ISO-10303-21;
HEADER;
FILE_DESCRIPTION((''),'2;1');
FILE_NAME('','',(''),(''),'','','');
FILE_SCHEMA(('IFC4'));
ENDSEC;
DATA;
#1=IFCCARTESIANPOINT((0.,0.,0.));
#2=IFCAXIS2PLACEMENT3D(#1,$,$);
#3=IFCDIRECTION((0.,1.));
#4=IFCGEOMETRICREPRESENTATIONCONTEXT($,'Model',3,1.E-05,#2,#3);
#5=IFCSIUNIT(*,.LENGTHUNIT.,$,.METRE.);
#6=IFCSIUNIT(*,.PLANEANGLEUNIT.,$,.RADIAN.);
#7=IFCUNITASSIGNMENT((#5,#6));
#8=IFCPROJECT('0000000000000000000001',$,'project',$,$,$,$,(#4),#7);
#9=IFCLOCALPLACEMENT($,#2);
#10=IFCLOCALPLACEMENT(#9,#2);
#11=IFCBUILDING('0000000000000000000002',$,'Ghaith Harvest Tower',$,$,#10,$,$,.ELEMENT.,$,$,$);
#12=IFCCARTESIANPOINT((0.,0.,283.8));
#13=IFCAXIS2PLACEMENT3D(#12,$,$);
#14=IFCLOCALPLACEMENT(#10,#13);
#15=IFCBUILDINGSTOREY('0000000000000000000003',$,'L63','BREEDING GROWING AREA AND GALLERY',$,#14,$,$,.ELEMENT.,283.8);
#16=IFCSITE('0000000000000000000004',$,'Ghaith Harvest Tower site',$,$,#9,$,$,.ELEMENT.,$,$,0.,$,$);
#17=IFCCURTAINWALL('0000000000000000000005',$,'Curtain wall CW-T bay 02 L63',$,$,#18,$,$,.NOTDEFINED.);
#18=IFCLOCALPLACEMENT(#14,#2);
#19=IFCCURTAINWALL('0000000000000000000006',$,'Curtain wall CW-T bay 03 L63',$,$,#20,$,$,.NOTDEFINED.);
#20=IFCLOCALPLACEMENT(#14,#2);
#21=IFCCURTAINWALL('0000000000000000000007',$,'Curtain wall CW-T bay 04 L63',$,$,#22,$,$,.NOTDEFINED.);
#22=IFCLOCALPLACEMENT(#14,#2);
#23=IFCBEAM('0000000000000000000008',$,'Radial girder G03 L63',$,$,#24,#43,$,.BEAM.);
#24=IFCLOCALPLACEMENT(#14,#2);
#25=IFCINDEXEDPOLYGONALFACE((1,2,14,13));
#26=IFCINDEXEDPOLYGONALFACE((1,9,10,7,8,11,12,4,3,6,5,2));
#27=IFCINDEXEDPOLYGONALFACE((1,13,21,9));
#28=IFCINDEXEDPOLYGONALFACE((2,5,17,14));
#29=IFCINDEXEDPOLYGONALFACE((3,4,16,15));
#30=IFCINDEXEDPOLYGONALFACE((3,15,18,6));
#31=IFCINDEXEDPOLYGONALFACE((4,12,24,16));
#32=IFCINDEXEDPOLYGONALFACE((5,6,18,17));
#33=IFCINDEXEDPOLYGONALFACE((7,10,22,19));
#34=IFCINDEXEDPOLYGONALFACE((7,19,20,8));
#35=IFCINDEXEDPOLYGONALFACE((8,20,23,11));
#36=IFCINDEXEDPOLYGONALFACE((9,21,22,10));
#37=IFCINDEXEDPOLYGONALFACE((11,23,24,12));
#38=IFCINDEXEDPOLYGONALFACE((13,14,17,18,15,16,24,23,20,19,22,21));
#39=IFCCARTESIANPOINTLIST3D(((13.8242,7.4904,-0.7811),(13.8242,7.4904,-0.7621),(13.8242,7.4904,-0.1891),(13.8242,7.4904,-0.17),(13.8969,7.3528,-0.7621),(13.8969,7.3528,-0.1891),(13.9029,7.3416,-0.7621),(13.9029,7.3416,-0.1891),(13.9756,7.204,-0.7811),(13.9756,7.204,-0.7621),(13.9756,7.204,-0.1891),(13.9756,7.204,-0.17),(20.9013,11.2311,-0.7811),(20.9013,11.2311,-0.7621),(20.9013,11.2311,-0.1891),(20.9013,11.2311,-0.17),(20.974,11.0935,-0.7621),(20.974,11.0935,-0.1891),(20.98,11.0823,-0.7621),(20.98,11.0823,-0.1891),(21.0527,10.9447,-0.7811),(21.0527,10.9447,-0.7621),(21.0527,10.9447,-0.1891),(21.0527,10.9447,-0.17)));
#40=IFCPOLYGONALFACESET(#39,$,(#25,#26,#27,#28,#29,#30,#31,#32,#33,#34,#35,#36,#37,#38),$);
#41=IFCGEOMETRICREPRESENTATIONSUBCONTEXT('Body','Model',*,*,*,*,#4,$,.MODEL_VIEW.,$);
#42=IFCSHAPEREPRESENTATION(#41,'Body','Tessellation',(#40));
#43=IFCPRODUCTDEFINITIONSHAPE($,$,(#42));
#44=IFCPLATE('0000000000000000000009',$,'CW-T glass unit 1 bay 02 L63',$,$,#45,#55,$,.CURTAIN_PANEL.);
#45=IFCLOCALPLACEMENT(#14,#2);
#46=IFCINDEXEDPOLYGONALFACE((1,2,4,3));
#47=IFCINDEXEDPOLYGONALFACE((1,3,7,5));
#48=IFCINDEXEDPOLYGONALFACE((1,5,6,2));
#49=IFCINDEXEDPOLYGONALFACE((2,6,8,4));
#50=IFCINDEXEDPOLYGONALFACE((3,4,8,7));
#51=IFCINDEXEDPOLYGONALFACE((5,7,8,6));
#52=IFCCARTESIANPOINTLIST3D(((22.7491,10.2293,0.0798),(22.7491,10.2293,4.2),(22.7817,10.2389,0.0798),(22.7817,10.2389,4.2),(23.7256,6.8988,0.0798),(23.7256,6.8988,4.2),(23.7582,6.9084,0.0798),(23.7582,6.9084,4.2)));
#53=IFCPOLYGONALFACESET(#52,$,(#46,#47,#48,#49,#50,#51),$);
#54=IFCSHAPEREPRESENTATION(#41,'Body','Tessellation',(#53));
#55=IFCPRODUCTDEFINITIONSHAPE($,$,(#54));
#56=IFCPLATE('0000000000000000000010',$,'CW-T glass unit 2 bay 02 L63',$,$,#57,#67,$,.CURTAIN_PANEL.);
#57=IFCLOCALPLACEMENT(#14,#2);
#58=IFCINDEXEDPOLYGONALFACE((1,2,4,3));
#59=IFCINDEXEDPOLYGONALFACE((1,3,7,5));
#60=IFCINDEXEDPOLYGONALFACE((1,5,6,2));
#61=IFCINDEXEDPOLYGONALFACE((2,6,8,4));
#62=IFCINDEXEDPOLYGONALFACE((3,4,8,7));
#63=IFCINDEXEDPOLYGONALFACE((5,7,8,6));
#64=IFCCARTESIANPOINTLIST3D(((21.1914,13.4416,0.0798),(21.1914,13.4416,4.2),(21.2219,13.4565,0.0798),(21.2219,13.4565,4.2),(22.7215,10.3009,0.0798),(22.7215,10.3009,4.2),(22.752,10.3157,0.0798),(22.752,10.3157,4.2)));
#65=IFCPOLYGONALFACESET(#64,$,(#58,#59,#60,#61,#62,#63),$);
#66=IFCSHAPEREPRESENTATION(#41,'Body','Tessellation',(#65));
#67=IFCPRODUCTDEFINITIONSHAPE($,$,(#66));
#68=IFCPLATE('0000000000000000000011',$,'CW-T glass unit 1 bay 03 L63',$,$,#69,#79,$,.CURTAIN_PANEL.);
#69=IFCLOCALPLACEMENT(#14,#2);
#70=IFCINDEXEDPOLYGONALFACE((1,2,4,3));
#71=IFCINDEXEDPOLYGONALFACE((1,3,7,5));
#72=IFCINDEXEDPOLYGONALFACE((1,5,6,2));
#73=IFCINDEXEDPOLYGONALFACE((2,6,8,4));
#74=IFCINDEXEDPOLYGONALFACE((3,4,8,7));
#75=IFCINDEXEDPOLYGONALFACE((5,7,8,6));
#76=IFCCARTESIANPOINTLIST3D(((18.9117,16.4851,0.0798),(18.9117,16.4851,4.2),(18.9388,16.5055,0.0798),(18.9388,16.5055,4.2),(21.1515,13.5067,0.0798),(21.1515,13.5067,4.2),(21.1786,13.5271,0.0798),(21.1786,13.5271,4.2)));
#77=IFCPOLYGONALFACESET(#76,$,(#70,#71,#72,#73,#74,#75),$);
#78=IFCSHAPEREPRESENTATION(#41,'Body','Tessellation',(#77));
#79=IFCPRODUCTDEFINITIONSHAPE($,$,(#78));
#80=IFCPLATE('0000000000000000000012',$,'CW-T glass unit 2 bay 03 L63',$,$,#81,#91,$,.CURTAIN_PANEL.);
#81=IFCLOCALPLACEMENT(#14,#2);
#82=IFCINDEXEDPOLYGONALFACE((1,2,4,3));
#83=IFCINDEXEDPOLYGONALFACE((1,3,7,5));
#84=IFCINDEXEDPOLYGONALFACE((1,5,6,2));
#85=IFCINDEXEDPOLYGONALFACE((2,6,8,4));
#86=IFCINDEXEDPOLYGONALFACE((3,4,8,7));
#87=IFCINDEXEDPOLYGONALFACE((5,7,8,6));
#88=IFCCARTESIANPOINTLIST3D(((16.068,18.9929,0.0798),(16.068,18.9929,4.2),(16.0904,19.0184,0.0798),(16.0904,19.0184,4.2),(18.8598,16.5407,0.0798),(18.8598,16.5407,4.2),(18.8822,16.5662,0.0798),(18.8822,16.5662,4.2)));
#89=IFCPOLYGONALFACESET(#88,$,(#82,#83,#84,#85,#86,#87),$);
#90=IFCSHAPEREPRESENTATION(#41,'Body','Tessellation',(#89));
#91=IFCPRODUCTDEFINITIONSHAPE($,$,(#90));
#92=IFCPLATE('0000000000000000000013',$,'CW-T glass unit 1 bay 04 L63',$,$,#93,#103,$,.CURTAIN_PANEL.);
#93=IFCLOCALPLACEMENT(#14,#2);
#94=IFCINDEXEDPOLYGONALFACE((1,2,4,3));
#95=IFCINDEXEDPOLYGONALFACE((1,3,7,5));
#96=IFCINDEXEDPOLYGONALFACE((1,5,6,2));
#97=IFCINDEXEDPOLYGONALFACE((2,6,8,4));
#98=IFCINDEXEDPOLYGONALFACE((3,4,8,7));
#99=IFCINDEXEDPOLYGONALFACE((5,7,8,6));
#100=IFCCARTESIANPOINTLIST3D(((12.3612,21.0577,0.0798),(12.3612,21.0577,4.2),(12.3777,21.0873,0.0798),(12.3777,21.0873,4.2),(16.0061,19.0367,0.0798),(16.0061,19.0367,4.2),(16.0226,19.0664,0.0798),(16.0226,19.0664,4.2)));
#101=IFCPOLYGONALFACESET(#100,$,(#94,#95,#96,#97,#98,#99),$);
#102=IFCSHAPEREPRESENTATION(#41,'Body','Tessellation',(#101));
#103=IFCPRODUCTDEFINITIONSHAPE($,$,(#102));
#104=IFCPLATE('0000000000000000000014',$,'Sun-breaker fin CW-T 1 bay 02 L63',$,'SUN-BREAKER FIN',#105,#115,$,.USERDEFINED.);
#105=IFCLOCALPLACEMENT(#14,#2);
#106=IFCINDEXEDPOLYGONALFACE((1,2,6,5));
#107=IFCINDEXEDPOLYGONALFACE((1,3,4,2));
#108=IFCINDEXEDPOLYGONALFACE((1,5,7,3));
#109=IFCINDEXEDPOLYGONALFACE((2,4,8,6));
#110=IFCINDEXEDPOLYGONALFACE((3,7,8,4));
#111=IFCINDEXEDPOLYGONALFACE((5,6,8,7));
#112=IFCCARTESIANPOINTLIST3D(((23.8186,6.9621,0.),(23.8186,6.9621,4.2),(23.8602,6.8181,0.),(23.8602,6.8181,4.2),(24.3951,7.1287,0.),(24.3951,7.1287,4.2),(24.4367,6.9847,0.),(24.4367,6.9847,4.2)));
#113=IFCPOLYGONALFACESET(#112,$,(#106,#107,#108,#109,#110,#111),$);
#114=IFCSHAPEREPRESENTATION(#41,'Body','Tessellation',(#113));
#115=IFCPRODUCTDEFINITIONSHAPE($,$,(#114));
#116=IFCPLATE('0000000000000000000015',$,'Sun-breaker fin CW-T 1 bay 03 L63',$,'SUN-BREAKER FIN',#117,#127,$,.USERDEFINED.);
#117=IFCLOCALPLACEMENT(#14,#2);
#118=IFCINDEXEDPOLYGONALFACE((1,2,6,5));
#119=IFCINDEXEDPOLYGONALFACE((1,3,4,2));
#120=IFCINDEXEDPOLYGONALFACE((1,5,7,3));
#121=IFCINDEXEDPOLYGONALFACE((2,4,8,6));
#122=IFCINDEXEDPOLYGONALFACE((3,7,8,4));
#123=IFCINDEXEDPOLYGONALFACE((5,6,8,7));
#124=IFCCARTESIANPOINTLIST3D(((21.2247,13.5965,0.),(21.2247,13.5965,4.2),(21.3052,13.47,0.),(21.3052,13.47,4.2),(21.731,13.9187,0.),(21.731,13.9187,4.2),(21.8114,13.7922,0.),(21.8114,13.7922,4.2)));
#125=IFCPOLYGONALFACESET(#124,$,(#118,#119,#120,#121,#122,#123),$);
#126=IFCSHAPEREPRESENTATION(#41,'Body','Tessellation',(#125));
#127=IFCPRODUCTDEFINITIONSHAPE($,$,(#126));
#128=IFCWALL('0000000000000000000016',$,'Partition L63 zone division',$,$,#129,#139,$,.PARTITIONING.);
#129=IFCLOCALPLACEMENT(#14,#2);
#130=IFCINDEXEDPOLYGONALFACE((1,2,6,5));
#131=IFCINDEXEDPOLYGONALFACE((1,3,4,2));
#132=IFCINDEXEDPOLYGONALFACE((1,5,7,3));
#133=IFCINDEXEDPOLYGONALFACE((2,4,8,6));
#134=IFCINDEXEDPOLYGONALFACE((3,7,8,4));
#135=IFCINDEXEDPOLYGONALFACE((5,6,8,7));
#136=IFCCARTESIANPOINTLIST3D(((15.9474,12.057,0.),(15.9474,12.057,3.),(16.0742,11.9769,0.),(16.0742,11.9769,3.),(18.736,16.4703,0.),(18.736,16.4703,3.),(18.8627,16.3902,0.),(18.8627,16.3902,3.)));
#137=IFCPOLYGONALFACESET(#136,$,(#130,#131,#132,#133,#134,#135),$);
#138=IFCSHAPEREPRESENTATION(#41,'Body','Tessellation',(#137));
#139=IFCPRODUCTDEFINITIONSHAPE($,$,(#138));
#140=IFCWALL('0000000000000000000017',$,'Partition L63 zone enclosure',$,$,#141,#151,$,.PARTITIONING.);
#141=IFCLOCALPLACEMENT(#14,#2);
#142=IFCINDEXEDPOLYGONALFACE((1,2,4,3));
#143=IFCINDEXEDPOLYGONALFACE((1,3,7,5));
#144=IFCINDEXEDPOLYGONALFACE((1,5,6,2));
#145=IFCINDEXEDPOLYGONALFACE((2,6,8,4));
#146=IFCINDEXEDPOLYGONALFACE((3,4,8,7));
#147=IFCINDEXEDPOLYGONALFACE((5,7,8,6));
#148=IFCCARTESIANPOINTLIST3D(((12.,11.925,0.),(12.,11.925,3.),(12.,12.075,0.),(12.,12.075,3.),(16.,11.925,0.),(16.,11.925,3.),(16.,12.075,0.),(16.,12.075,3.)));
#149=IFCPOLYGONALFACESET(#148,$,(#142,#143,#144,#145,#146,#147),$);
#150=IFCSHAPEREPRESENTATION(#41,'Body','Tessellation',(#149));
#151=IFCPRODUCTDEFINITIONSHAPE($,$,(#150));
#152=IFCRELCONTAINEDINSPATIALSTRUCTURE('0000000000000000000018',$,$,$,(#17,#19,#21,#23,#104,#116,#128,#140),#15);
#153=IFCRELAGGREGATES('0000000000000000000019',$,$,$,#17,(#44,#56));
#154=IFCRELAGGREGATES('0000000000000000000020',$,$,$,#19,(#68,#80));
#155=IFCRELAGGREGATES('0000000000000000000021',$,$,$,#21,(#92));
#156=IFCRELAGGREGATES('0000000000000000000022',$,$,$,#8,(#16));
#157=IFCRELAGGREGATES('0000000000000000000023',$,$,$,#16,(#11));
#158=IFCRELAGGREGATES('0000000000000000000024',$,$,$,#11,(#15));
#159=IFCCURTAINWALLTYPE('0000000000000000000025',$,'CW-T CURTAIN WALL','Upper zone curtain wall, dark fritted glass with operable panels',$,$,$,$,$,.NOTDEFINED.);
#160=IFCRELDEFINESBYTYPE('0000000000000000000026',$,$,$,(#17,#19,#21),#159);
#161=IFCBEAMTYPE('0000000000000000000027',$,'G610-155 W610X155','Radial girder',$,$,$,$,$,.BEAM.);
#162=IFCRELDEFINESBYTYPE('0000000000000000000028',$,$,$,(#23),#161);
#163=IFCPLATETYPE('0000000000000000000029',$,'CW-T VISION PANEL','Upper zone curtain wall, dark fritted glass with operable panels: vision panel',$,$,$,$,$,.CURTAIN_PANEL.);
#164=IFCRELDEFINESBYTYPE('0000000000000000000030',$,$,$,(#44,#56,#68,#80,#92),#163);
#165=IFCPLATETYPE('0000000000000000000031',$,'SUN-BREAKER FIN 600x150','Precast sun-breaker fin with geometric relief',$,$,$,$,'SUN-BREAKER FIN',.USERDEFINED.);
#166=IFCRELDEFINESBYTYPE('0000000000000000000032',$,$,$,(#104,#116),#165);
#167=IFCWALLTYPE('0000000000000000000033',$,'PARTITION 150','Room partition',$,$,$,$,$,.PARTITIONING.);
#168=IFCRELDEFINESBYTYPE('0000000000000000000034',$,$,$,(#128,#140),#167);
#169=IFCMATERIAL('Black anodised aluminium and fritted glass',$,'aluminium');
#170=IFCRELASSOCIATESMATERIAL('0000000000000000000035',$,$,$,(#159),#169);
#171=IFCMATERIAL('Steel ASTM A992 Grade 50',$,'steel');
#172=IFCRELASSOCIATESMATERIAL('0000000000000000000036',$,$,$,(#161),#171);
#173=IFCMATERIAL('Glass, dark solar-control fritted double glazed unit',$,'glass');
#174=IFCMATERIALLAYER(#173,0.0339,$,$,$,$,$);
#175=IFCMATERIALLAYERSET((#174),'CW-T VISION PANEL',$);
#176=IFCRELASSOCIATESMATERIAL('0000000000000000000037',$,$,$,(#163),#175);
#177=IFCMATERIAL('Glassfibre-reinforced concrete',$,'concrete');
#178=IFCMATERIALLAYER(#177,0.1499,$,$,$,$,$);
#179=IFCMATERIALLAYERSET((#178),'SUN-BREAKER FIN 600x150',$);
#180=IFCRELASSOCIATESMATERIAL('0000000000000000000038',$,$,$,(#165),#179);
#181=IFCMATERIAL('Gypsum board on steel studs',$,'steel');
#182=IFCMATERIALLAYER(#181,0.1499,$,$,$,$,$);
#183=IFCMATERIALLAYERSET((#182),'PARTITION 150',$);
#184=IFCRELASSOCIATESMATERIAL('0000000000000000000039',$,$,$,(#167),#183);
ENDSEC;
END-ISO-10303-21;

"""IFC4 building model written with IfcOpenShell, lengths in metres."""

from ifc_helpers import new_model, si_unit, direction, frame, frame_2d, origin, origin_2d, place, context, subcontext, project, spatial, rectangle, i_section, extrude, material, layer, layer_set, material_profile, profile_set, type_object, element, aggregate, save


model = new_model("IFC4")

# Units and contexts
model_context = context("Model", 3, precision=1e-05, world=origin(), true_north=direction((0.0, 1.0)))
body_context = subcontext(model_context, "Body", "Model", "MODEL_VIEW")
ifc_project = project(units=[si_unit("LENGTHUNIT", "METRE"), si_unit("PLANEANGLEUNIT", "RADIAN")], contexts=[model_context])

# Site, building, storey
site_placement = place(None, origin())
site = spatial("IfcSite", under=ifc_project, at=site_placement, Name="Ghaith Harvest Tower site", CompositionType="ELEMENT", RefElevation=0.0)
building_placement = place(site_placement, origin())
building = spatial("IfcBuilding", under=site, at=building_placement, Name="Ghaith Harvest Tower", CompositionType="ELEMENT")
storey_placement = place(building_placement, frame((0.0, 0.0, 283.8)))
storey = spatial("IfcBuildingStorey", under=building, at=storey_placement, Name="L63", Description="BREEDING GROWING AREA AND GALLERY", CompositionType="ELEMENT", Elevation=283.8)

# Curtain wall
ifc_material_1 = material(Name="Black anodised aluminium and fritted glass", Category="aluminium")
curtain_wall_type = type_object("IfcCurtainWallType", Name="CW-T CURTAIN WALL", Description="Upper zone curtain wall, dark fritted glass with operable panels", PredefinedType="NOTDEFINED", material=ifc_material_1)
curtain_wall_1_placement = place(storey_placement, origin())
curtain_wall_1 = element("IfcCurtainWall", 1, at=curtain_wall_1_placement, inside=storey, type_object=curtain_wall_type, Name="Curtain wall CW-T bay 02 L63", PredefinedType="NOTDEFINED")

# Curtain walls
curtain_wall_2_placement = place(storey_placement, origin())
curtain_wall_2 = element("IfcCurtainWall", 2, at=curtain_wall_2_placement, inside=storey, type_object=curtain_wall_type, Name="Curtain wall CW-T bay 03 L63", PredefinedType="NOTDEFINED")
curtain_wall_3_placement = place(storey_placement, origin())
curtain_wall_3 = element("IfcCurtainWall", 3, at=curtain_wall_3_placement, inside=storey, type_object=curtain_wall_type, Name="Curtain wall CW-T bay 04 L63", PredefinedType="NOTDEFINED")

# Beam
ifc_material_2 = material(Name="Steel ASTM A992 Grade 50", Category="steel")
ifc_material_profile_1 = material_profile(ifc_material_2, i_section(OverallWidth=0.324, OverallDepth=0.6111, WebThickness=0.0127, FlangeThickness=0.019, at=origin_2d()), Name="W610X155")
ifc_profile_set_1 = profile_set([ifc_material_profile_1], Name="Steel ASTM A992 Grade 50")
beam_type_1 = type_object("IfcBeamType", Name="G610-155 W610X155", Description="Radial girder", PredefinedType="BEAM", material=ifc_profile_set_1)
beam_1_placement = place(storey_placement, frame((13.8999, 7.3472, -0.4756), z_axis=(0.884098, 0.467302, 0.0), x_axis=(-0.467302, 0.884098, 0.0)))
element("IfcBeam", 4, at=beam_1_placement, inside=storey, type_object=beam_type_1, Name="Radial girder G03 L63", PredefinedType="BEAM", context=body_context, shape_type="SweptSolid", body=[
    extrude(i_section(OverallWidth=0.324, OverallDepth=0.6111, WebThickness=0.0127, FlangeThickness=0.019, at=origin_2d()), origin(), (0.0, 0.0, 1.0), 8.0049),
])

# Plates
ifc_material_3 = material(Name="Glass, dark solar-control fritted double glazed unit", Category="glass")
ifc_layer_1 = layer(ifc_material_3, 0.0339)
ifc_layer_set_1 = layer_set([ifc_layer_1], Name="CW-T VISION PANEL")
plate_type_1 = type_object("IfcPlateType", Name="CW-T VISION PANEL", Description="Upper zone curtain wall, dark fritted glass with operable panels: vision panel", PredefinedType="CURTAIN_PANEL", material=ifc_layer_set_1)
plate_1_placement = place(storey_placement, frame((23.2537, 8.5688, 0.0798), z_axis=(0.0, 0.0, 1.0), x_axis=(-0.281345, 0.959607, 0.0)))
plate_1 = element("IfcPlate", 5, at=plate_1_placement, type_object=plate_type_1, Name="CW-T glass unit 1 bay 02 L63", PredefinedType="CURTAIN_PANEL", context=body_context, shape_type="SweptSolid", body=[
    extrude(rectangle(XDim=3.4707, YDim=0.0339, at=origin_2d()), origin(), (0.0, 0.0, 1.0), 4.1201),
])
plate_2_placement = place(storey_placement, frame((21.9717, 11.8787, 0.0798), z_axis=(0.0, 0.0, 1.0), x_axis=(-0.437968, 0.89899, 0.0)))
plate_2 = element("IfcPlate", 6, at=plate_2_placement, type_object=plate_type_1, Name="CW-T glass unit 2 bay 02 L63", PredefinedType="CURTAIN_PANEL", context=body_context, shape_type="SweptSolid", body=[
    extrude(rectangle(XDim=3.4937, YDim=0.0339, at=origin_2d()), origin(), (0.0, 0.0, 1.0), 4.1201),
])
aggregate(curtain_wall_1, [plate_1, plate_2])
plate_3_placement = place(storey_placement, frame((20.0452, 15.0061, 0.0798), z_axis=(0.0, 0.0, 1.0), x_axis=(-0.601048, 0.799213, 0.0)))
plate_3 = element("IfcPlate", 7, at=plate_3_placement, type_object=plate_type_1, Name="CW-T glass unit 1 bay 03 L63", PredefinedType="CURTAIN_PANEL", context=body_context, shape_type="SweptSolid", body=[
    extrude(rectangle(XDim=3.7266, YDim=0.0339, at=origin_2d()), origin(), (0.0, 0.0, 1.0), 4.1201),
])
plate_4_placement = place(storey_placement, frame((17.4751, 17.7795, 0.0798), z_axis=(0.0, 0.0, 1.0), x_axis=(-0.751335, 0.659922, 0.0)))
plate_4 = element("IfcPlate", 8, at=plate_4_placement, type_object=plate_type_1, Name="CW-T glass unit 2 bay 03 L63", PredefinedType="CURTAIN_PANEL", context=body_context, shape_type="SweptSolid", body=[
    extrude(rectangle(XDim=3.7158, YDim=0.0339, at=origin_2d()), origin(), (0.0, 0.0, 1.0), 4.1201),
])
aggregate(curtain_wall_2, [plate_3, plate_4])
plate_5_placement = place(storey_placement, frame((14.1919, 20.062, 0.0798), z_axis=(0.0, 0.0, 1.0), x_axis=(-0.874564, 0.48491, 0.0)))
plate_5 = element("IfcPlate", 9, at=plate_5_placement, type_object=plate_type_1, Name="CW-T glass unit 1 bay 04 L63", PredefinedType="CURTAIN_PANEL", context=body_context, shape_type="SweptSolid", body=[
    extrude(rectangle(XDim=4.1677, YDim=0.0339, at=origin_2d()), origin(), (0.0, 0.0, 1.0), 4.1201),
])
aggregate(curtain_wall_3, [plate_5])

# Plates
ifc_material_4 = material(Name="Glassfibre-reinforced concrete", Category="concrete")
ifc_layer_2 = layer(ifc_material_4, 0.1499)
ifc_layer_set_2 = layer_set([ifc_layer_2], Name="SUN-BREAKER FIN 600x150")
plate_type_2 = type_object("IfcPlateType", Name="SUN-BREAKER FIN 600x150", Description="Precast sun-breaker fin with geometric relief", ElementType="SUN-BREAKER FIN", PredefinedType="USERDEFINED", material=ifc_layer_set_2)
for number, where, z_axis, x_axis, name in (
    (10, (24.1277, 6.9734, 0.0), (0.0, 0.0, 1.0), (0.96068, 0.277657, 0.0), "Sun-breaker fin CW-T 1 bay 02 L63"),
    (11, (21.5181, 13.6943, 0.0), (0.0, 0.0, 1.0), (0.843644, 0.536903, 0.0), "Sun-breaker fin CW-T 1 bay 03 L63"),
):
    element("IfcPlate", number, at=place(storey_placement, frame(where, z_axis=z_axis, x_axis=x_axis)), inside=storey, type_object=plate_type_2, Name=name, ObjectType="SUN-BREAKER FIN", PredefinedType="USERDEFINED", context=body_context, shape_type="SweptSolid", body=[
        extrude(rectangle(XDim=0.6001, YDim=0.1499, at=origin_2d()), origin(), (0.0, 0.0, 1.0), 4.2),
    ])

# Walls
ifc_material_5 = material(Name="Gypsum board on steel studs", Category="steel")
ifc_layer_3 = layer(ifc_material_5, 0.1499)
ifc_layer_set_3 = layer_set([ifc_layer_3], Name="PARTITION 150")
wall_type_1 = type_object("IfcWallType", Name="PARTITION 150", Description="Room partition", PredefinedType="PARTITIONING", material=ifc_layer_set_3)
wall_1_placement = place(storey_placement, frame((16.0107, 12.0168, 0.0), z_axis=(0.0, 0.0, 1.0), x_axis=(0.534158, 0.845384, 0.0)))
element("IfcWall", 12, at=wall_1_placement, inside=storey, type_object=wall_type_1, Name="Partition L63 zone division", PredefinedType="PARTITIONING", context=body_context, shape_type="SweptSolid", body=[
    extrude(rectangle(XDim=5.2205, YDim=0.1499, at=frame_2d((2.6104, 0.0))), origin(), (0.0, 0.0, 1.0), 3.0),
])
wall_2_placement = place(storey_placement, frame((16.0, 12.0, 0.0), z_axis=(0.0, 0.0, 1.0), x_axis=(-1.0, 0.0, 0.0)))
element("IfcWall", 13, at=wall_2_placement, inside=storey, type_object=wall_type_1, Name="Partition L63 zone enclosure", PredefinedType="PARTITIONING", context=body_context, shape_type="SweptSolid", body=[
    extrude(rectangle(XDim=4.0, YDim=0.1499, at=frame_2d((2.0, 0.0))), origin(), (0.0, 0.0, 1.0), 3.0),
])

save(model, "model.ifc")
